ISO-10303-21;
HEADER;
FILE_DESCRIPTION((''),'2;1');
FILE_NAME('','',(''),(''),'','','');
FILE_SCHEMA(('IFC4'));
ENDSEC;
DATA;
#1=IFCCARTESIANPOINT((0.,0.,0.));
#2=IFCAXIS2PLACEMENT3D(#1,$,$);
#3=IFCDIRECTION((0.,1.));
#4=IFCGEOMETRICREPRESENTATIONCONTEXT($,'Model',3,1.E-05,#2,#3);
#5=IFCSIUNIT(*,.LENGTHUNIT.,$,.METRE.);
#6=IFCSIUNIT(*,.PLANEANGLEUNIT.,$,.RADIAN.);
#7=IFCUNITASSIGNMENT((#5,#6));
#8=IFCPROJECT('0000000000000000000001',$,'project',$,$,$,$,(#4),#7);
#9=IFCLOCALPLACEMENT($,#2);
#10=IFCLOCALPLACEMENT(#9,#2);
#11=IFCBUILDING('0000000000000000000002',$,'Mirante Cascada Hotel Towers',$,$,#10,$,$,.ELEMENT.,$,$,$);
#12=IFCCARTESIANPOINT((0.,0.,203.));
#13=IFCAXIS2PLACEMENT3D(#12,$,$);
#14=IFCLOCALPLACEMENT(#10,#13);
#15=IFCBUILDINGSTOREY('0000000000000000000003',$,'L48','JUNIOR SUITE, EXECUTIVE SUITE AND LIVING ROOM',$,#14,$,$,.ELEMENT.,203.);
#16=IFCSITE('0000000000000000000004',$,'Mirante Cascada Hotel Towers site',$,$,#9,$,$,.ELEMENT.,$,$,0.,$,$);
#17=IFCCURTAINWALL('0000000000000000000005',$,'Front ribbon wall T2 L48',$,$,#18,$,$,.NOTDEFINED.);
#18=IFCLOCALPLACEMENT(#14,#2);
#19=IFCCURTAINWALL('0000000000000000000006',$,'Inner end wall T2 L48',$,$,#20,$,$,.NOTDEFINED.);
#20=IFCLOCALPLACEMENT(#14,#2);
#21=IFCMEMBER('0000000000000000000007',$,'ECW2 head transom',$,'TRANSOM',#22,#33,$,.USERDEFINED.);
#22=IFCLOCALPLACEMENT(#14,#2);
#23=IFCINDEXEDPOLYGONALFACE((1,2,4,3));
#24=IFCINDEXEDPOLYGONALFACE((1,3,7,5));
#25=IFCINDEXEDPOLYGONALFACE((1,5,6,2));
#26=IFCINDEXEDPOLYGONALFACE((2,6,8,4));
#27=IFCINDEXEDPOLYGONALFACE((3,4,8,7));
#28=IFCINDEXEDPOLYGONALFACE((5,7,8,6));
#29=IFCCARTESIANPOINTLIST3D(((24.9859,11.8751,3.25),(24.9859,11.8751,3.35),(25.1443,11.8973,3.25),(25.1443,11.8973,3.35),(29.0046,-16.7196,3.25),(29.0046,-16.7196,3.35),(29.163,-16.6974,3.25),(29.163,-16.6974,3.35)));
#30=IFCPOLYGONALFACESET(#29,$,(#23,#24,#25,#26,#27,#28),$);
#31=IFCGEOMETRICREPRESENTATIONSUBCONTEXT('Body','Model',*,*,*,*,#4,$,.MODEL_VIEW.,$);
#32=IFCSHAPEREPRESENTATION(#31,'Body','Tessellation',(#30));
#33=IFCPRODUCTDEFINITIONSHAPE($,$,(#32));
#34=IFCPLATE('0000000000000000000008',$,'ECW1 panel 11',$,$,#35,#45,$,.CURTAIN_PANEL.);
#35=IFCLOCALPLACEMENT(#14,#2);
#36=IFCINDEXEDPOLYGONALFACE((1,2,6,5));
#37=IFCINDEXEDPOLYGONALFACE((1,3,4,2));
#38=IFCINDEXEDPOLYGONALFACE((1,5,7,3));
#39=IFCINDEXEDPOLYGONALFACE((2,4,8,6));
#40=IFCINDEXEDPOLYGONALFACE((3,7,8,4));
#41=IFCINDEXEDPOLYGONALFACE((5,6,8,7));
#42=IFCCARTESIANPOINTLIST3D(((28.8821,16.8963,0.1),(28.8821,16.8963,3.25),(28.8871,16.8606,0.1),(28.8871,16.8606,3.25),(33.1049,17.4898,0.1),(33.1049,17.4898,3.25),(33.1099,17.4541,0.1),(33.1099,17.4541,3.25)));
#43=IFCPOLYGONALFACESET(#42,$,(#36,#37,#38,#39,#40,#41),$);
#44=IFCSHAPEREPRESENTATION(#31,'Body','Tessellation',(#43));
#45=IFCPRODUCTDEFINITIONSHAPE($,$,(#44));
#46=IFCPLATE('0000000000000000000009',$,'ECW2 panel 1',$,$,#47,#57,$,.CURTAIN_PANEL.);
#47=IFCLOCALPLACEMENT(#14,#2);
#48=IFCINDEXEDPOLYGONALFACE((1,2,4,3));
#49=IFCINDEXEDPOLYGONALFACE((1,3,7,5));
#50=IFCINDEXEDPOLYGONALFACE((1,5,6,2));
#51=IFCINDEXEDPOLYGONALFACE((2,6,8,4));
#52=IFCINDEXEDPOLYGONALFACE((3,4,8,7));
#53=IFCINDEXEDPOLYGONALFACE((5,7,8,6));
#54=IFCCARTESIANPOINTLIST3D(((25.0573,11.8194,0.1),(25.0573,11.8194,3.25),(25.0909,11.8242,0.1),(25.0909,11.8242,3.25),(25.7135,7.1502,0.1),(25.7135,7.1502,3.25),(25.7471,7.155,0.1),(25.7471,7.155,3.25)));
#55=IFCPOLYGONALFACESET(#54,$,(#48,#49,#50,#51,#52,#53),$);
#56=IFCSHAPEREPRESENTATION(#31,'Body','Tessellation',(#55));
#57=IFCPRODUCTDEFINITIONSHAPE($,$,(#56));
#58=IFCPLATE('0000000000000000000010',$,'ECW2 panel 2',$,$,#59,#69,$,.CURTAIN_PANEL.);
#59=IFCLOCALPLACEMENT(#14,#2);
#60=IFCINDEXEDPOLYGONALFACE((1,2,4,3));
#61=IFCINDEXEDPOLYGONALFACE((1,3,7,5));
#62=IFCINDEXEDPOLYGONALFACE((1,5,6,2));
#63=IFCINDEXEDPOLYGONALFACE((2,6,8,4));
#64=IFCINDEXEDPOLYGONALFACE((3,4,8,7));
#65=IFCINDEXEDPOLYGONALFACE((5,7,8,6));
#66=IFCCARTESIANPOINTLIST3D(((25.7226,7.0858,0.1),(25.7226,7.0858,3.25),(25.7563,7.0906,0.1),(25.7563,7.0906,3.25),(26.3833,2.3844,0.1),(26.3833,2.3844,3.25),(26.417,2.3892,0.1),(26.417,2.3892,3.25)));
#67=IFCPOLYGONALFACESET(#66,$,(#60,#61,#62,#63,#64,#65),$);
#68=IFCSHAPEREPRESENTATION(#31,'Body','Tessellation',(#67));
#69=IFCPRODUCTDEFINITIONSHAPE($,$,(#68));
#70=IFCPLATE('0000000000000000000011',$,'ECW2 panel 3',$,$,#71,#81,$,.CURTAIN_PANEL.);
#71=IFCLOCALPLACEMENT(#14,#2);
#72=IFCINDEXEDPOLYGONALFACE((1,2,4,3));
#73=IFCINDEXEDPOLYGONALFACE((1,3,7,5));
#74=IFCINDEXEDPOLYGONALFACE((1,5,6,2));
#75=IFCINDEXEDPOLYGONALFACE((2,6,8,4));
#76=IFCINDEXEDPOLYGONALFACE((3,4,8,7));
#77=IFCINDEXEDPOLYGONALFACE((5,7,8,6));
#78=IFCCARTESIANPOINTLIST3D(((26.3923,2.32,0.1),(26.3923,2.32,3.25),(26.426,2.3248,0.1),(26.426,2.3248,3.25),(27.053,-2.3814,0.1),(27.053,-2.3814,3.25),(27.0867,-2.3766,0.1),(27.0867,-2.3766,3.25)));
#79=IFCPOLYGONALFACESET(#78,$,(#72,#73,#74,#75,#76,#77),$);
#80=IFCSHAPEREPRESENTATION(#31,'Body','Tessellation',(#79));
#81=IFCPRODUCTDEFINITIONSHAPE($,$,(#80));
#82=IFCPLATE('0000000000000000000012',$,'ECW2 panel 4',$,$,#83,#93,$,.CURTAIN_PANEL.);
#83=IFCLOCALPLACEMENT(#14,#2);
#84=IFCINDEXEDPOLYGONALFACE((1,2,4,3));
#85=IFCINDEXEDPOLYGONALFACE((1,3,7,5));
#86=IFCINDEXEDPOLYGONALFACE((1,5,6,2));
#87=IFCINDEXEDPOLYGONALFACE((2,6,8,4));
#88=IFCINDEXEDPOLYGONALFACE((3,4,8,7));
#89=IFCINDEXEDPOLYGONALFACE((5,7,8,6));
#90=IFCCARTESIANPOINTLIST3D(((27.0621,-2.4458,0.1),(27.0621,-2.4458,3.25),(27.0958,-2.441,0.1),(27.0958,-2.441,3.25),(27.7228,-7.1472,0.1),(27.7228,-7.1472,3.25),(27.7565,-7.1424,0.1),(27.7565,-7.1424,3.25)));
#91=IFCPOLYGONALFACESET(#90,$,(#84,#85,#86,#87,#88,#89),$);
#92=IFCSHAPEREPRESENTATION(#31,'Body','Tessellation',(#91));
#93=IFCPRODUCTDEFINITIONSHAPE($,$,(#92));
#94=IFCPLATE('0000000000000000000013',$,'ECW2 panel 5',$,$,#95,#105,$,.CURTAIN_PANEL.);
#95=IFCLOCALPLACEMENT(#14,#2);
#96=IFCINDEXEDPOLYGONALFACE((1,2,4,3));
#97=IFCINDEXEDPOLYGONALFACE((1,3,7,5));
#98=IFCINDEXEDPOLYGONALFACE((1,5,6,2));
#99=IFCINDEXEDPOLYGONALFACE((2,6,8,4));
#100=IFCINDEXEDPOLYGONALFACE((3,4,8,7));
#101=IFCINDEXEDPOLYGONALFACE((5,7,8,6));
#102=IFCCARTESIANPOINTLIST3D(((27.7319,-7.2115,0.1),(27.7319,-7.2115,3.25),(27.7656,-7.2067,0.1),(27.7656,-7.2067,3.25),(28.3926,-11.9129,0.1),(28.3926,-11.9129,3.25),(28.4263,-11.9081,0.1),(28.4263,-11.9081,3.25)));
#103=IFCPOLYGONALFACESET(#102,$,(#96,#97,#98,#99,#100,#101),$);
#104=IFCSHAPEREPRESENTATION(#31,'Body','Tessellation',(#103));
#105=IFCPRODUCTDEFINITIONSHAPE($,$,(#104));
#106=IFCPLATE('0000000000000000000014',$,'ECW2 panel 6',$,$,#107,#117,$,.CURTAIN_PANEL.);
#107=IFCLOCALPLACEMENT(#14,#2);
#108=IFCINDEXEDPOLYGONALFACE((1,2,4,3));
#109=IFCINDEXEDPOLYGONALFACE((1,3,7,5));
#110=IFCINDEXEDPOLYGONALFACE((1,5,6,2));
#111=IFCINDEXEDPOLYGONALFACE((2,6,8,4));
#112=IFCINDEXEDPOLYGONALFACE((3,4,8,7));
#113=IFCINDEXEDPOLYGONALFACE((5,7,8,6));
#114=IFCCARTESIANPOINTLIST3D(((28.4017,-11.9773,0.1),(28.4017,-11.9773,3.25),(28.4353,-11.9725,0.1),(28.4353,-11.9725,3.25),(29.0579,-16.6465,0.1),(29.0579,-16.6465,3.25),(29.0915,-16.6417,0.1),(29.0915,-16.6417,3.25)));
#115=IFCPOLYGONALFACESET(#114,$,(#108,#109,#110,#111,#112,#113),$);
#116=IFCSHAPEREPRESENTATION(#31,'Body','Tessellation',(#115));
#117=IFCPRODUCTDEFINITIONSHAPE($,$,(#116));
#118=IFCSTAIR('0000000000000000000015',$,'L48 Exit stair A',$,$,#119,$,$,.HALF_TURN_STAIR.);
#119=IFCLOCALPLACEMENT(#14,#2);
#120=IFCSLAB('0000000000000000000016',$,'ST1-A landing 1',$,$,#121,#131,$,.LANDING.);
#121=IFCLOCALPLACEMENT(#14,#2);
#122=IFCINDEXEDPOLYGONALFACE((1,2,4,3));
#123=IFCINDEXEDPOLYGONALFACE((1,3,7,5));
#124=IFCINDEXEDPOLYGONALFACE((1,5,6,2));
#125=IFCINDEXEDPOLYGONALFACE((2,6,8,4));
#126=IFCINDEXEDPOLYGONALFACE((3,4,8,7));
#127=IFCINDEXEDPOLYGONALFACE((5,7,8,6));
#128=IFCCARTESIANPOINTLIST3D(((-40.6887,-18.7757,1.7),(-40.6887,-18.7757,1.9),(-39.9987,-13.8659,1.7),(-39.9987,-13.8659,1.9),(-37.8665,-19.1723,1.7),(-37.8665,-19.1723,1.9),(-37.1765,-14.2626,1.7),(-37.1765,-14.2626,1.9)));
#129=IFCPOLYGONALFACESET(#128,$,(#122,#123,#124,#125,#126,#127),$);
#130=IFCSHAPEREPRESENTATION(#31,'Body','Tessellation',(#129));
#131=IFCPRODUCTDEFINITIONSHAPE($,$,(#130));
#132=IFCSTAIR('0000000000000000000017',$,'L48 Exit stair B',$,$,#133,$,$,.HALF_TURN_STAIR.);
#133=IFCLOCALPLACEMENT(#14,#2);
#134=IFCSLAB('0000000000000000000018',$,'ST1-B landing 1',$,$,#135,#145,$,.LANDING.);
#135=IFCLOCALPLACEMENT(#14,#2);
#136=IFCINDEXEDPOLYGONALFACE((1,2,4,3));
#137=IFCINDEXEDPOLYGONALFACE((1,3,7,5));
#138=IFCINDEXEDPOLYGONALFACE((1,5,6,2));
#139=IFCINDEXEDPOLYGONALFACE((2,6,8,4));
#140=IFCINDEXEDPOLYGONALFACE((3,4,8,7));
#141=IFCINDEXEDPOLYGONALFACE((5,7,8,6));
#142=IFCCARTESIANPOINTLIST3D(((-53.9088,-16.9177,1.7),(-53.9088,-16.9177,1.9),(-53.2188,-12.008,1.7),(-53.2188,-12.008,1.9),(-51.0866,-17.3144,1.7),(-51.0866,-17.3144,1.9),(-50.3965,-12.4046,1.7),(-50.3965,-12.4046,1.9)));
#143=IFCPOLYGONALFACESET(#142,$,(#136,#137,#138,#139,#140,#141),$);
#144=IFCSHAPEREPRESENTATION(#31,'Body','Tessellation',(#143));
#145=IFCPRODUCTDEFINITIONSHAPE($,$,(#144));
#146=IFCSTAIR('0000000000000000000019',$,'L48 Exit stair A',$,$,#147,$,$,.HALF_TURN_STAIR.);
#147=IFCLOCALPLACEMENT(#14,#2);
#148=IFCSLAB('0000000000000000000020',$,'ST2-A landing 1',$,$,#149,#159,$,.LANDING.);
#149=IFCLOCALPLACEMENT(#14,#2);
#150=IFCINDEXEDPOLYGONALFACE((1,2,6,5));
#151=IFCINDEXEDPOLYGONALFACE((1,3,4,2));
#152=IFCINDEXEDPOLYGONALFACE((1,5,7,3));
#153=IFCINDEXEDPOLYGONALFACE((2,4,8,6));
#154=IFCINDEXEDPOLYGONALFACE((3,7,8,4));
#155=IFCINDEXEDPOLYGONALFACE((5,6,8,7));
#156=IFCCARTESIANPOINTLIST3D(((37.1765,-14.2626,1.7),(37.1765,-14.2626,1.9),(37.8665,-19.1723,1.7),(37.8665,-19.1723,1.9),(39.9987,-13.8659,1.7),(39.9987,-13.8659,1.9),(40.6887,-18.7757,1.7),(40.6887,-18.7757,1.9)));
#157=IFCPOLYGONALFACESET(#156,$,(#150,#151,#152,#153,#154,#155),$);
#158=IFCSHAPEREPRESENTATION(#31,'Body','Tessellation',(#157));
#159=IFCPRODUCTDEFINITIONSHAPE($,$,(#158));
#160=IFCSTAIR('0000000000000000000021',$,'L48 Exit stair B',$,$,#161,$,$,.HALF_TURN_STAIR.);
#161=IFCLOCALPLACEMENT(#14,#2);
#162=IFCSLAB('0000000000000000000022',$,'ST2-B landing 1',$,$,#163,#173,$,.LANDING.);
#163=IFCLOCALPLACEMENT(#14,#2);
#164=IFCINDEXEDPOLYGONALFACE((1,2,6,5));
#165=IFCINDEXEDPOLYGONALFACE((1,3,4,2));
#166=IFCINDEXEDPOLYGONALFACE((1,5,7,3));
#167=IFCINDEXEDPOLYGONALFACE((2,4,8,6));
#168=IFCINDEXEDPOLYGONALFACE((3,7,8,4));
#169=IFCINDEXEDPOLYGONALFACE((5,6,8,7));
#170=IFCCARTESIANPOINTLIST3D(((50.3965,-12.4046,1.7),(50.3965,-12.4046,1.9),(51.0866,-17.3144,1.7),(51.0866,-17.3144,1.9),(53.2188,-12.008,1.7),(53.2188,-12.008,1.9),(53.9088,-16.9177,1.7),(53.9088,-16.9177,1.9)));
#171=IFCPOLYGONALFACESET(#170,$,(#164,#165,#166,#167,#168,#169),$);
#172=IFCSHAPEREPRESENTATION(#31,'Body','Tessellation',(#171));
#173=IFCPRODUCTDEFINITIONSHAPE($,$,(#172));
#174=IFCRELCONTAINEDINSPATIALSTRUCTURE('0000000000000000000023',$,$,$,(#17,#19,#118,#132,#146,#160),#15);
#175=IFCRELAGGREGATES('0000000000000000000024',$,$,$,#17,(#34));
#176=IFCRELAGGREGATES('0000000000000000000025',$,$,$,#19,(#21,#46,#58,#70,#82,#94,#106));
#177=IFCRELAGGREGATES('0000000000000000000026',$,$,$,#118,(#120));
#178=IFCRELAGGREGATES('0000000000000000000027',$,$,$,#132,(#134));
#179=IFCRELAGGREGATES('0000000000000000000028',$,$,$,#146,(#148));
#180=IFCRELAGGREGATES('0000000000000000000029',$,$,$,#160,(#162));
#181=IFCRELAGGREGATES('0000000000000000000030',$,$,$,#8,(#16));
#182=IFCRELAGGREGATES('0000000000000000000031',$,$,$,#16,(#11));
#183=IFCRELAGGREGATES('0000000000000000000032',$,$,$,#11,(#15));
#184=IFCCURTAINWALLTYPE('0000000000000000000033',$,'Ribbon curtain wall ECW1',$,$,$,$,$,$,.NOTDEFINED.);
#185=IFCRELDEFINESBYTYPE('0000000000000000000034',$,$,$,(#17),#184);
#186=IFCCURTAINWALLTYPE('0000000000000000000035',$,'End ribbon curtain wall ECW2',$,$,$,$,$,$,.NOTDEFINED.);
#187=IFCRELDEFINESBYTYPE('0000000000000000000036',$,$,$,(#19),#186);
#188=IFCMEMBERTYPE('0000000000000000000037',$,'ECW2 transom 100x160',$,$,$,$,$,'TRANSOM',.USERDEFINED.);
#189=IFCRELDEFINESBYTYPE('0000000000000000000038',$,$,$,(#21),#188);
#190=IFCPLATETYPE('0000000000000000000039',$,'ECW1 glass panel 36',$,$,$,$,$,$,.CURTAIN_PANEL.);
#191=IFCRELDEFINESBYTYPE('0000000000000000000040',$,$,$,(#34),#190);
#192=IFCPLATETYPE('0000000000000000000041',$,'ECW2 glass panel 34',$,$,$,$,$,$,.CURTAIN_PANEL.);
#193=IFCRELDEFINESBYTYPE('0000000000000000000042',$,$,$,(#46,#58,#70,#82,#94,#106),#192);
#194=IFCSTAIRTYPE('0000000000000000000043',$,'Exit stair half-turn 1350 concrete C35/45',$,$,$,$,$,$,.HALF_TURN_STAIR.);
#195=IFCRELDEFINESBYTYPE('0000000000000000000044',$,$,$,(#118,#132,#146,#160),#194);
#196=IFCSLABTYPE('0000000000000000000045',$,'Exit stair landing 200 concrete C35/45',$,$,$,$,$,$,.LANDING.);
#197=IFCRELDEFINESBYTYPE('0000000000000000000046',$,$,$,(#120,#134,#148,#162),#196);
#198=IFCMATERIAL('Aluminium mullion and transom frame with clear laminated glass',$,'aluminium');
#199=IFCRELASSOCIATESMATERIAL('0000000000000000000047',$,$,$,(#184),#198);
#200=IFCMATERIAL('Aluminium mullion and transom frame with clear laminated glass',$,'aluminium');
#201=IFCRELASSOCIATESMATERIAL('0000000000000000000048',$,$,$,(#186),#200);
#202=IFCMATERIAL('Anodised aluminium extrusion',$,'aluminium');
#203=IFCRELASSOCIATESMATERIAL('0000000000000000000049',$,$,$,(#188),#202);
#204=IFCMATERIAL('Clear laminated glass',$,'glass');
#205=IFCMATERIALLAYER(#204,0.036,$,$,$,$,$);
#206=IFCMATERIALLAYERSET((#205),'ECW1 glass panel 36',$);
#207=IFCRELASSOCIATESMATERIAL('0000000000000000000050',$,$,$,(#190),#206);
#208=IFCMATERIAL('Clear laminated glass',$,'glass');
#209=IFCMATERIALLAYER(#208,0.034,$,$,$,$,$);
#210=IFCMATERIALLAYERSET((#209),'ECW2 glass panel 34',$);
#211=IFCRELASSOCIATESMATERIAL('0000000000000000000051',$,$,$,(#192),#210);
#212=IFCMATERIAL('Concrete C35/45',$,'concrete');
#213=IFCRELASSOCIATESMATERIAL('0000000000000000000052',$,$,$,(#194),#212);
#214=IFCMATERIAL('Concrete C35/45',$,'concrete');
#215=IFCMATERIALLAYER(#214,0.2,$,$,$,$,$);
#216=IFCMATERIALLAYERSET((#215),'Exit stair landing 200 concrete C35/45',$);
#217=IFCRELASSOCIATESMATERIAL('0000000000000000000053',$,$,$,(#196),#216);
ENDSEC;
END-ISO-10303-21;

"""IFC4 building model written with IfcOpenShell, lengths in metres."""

from ifc_helpers import new_model, si_unit, direction, frame, origin, origin_2d, place, context, subcontext, project, spatial, polyline, rectangle, outline, extrude, material, layer, layer_set, material_profile, profile_set, type_object, element, aggregate, save


model = new_model("IFC4")

# Units and contexts
model_context = context("Model", 3, precision=1e-05, world=origin(), true_north=direction((0.0, 1.0)))
body_context = subcontext(model_context, "Body", "Model", "MODEL_VIEW")
ifc_project = project(units=[si_unit("LENGTHUNIT", "METRE"), si_unit("PLANEANGLEUNIT", "RADIAN")], contexts=[model_context])

# Site, building, storey
site_placement = place(None, origin())
site = spatial("IfcSite", under=ifc_project, at=site_placement, Name="Mirante Cascada Hotel Towers site", CompositionType="ELEMENT", RefElevation=0.0)
building_placement = place(site_placement, origin())
building = spatial("IfcBuilding", under=site, at=building_placement, Name="Mirante Cascada Hotel Towers", CompositionType="ELEMENT")
storey_placement = place(building_placement, frame((0.0, 0.0, 203.0)))
storey = spatial("IfcBuildingStorey", under=building, at=storey_placement, Name="L48", Description="JUNIOR SUITE, EXECUTIVE SUITE AND LIVING ROOM", CompositionType="ELEMENT", Elevation=203.0)

# Curtain walls, member
ifc_material_1 = material(Name="Aluminium mullion and transom frame with clear laminated glass", Category="aluminium")
curtain_wall_type_1 = type_object("IfcCurtainWallType", Name="Ribbon curtain wall ECW1", PredefinedType="NOTDEFINED", material=ifc_material_1)
curtain_wall_1_placement = place(storey_placement, origin())
curtain_wall_1 = element("IfcCurtainWall", 1, at=curtain_wall_1_placement, inside=storey, type_object=curtain_wall_type_1, Name="Front ribbon wall T2 L48", PredefinedType="NOTDEFINED")
ifc_material_2 = material(Name="Aluminium mullion and transom frame with clear laminated glass", Category="aluminium")
curtain_wall_type_2 = type_object("IfcCurtainWallType", Name="End ribbon curtain wall ECW2", PredefinedType="NOTDEFINED", material=ifc_material_2)
curtain_wall_2_placement = place(storey_placement, origin())
curtain_wall_2 = element("IfcCurtainWall", 2, at=curtain_wall_2_placement, inside=storey, type_object=curtain_wall_type_2, Name="Inner end wall T2 L48", PredefinedType="NOTDEFINED")
ifc_material_3 = material(Name="Anodised aluminium extrusion", Category="aluminium")
ifc_material_profile_1 = material_profile(ifc_material_3, rectangle(XDim=0.16, YDim=0.1, at=origin_2d()), Name="ECW2 TRANSOM 100x160")
ifc_profile_set_1 = profile_set([ifc_material_profile_1], Name="Anodised aluminium extrusion")
member_type_1 = type_object("IfcMemberType", Name="ECW2 transom 100x160", ElementType="TRANSOM", PredefinedType="USERDEFINED", material=ifc_profile_set_1)
member_1_placement = place(storey_placement, frame((25.0651, 11.8862, 3.3), z_axis=(0.139172, -0.990268, 0.0), x_axis=(0.990268, 0.139172, 0.0)))
member_1 = element("IfcMember", 3, at=member_1_placement, type_object=member_type_1, Name="ECW2 head transom", ObjectType="TRANSOM", PredefinedType="USERDEFINED", context=body_context, shape_type="SweptSolid", body=[
    extrude(rectangle(XDim=0.16, YDim=0.1, at=origin_2d()), origin(), (0.0, 0.0, 1.0), 28.8757),
])

# Plates
ifc_material_4 = material(Name="Clear laminated glass", Category="glass")
ifc_layer_1 = layer(ifc_material_4, 0.036)
ifc_layer_set_1 = layer_set([ifc_layer_1], Name="ECW1 glass panel 36")
plate_type_1 = type_object("IfcPlateType", Name="ECW1 glass panel 36", PredefinedType="CURTAIN_PANEL", material=ifc_layer_set_1)
plate_1_placement = place(storey_placement, frame((30.996, 17.1752, 0.1), z_axis=(0.0, 0.0, 1.0), x_axis=(-0.990268, -0.139173, 0.0)))
plate_1 = element("IfcPlate", 4, at=plate_1_placement, type_object=plate_type_1, Name="ECW1 panel 11", PredefinedType="CURTAIN_PANEL", context=body_context, shape_type="SweptSolid", body=[
    extrude(rectangle(XDim=4.2643, YDim=0.036, at=origin_2d()), origin(), (0.0, 0.0, 1.0), 3.15),
])
aggregate(curtain_wall_1, [plate_1])
ifc_material_5 = material(Name="Clear laminated glass", Category="glass")
ifc_layer_2 = layer(ifc_material_5, 0.034)
ifc_layer_set_2 = layer_set([ifc_layer_2], Name="ECW2 glass panel 34")
plate_type_2 = type_object("IfcPlateType", Name="ECW2 glass panel 34", PredefinedType="CURTAIN_PANEL", material=ifc_layer_set_2)
plate_2_placement = place(storey_placement, frame((25.4022, 9.4872, 0.1), z_axis=(0.0, 0.0, 1.0), x_axis=(0.139173, -0.990268, 0.0)))
plate_2 = element("IfcPlate", 5, at=plate_2_placement, type_object=plate_type_2, Name="ECW2 panel 1", PredefinedType="CURTAIN_PANEL", context=body_context, shape_type="SweptSolid", body=[
    extrude(rectangle(XDim=4.7151, YDim=0.034, at=origin_2d()), origin(), (0.0, 0.0, 1.0), 3.15),
])
plate_3_placement = place(storey_placement, frame((26.0698, 4.7375, 0.1), z_axis=(0.0, 0.0, 1.0), x_axis=(0.139173, -0.990268, 0.0)))
plate_3 = element("IfcPlate", 6, at=plate_3_placement, type_object=plate_type_2, Name="ECW2 panel 2", PredefinedType="CURTAIN_PANEL", context=body_context, shape_type="SweptSolid", body=[
    extrude(rectangle(XDim=4.7476, YDim=0.034, at=origin_2d()), origin(), (0.0, 0.0, 1.0), 3.15),
])
plate_4_placement = place(storey_placement, frame((26.7395, -0.0283, 0.1), z_axis=(0.0, 0.0, 1.0), x_axis=(0.139173, -0.990268, 0.0)))
plate_4 = element("IfcPlate", 7, at=plate_4_placement, type_object=plate_type_2, Name="ECW2 panel 3", PredefinedType="CURTAIN_PANEL", context=body_context, shape_type="SweptSolid", body=[
    extrude(rectangle(XDim=4.7476, YDim=0.034, at=origin_2d()), origin(), (0.0, 0.0, 1.0), 3.15),
])
plate_5_placement = place(storey_placement, frame((27.4093, -4.7941, 0.1), z_axis=(0.0, 0.0, 1.0), x_axis=(0.139173, -0.990268, 0.0)))
plate_5 = element("IfcPlate", 8, at=plate_5_placement, type_object=plate_type_2, Name="ECW2 panel 4", PredefinedType="CURTAIN_PANEL", context=body_context, shape_type="SweptSolid", body=[
    extrude(rectangle(XDim=4.7476, YDim=0.034, at=origin_2d()), origin(), (0.0, 0.0, 1.0), 3.15),
])
plate_6_placement = place(storey_placement, frame((28.0791, -9.5598, 0.1), z_axis=(0.0, 0.0, 1.0), x_axis=(0.139173, -0.990268, 0.0)))
plate_6 = element("IfcPlate", 9, at=plate_6_placement, type_object=plate_type_2, Name="ECW2 panel 5", PredefinedType="CURTAIN_PANEL", context=body_context, shape_type="SweptSolid", body=[
    extrude(rectangle(XDim=4.7476, YDim=0.034, at=origin_2d()), origin(), (0.0, 0.0, 1.0), 3.15),
])
plate_7_placement = place(storey_placement, frame((28.7466, -14.3095, 0.1), z_axis=(0.0, 0.0, 1.0), x_axis=(0.139173, -0.990268, 0.0)))
plate_7 = element("IfcPlate", 10, at=plate_7_placement, type_object=plate_type_2, Name="ECW2 panel 6", PredefinedType="CURTAIN_PANEL", context=body_context, shape_type="SweptSolid", body=[
    extrude(rectangle(XDim=4.7151, YDim=0.034, at=origin_2d()), origin(), (0.0, 0.0, 1.0), 3.15),
])
aggregate(curtain_wall_2, [member_1, plate_2, plate_3, plate_4, plate_5, plate_6, plate_7])

# Stairs, slabs
ifc_material_6 = material(Name="Concrete C35/45", Category="concrete")
stair_type = type_object("IfcStairType", Name="Exit stair half-turn 1350 concrete C35/45", PredefinedType="HALF_TURN_STAIR", material=ifc_material_6)
stair_1_placement = place(storey_placement, origin())
stair_1 = element("IfcStair", 11, at=stair_1_placement, inside=storey, type_object=stair_type, Name="L48 Exit stair A", PredefinedType="HALF_TURN_STAIR")
ifc_material_7 = material(Name="Concrete C35/45", Category="concrete")
ifc_layer_3 = layer(ifc_material_7, 0.2)
ifc_layer_set_3 = layer_set([ifc_layer_3], Name="Exit stair landing 200 concrete C35/45")
slab_type = type_object("IfcSlabType", Name="Exit stair landing 200 concrete C35/45", PredefinedType="LANDING", material=ifc_layer_set_3)
slab_1_placement = place(storey_placement, frame((0.0, 0.0, 1.7)))
slab_1 = element("IfcSlab", 12, at=slab_1_placement, type_object=slab_type, Name="ST1-A landing 1", PredefinedType="LANDING", context=body_context, shape_type="SweptSolid", body=[
    extrude(outline(polyline([(-39.9987, -13.8659), (-40.6887, -18.7757), (-37.8665, -19.1723), (-37.1765, -14.2626), (-39.9987, -13.8659)])), origin(), (0.0, 0.0, 1.0), 0.2),
])
aggregate(stair_1, [slab_1])
stair_2_placement = place(storey_placement, origin())
stair_2 = element("IfcStair", 13, at=stair_2_placement, inside=storey, type_object=stair_type, Name="L48 Exit stair B", PredefinedType="HALF_TURN_STAIR")
slab_2_placement = place(storey_placement, frame((0.0, 0.0, 1.7)))
slab_2 = element("IfcSlab", 14, at=slab_2_placement, type_object=slab_type, Name="ST1-B landing 1", PredefinedType="LANDING", context=body_context, shape_type="SweptSolid", body=[
    extrude(outline(polyline([(-53.2188, -12.008), (-53.9088, -16.9177), (-51.0866, -17.3144), (-50.3965, -12.4046), (-53.2188, -12.008)])), origin(), (0.0, 0.0, 1.0), 0.2),
])
aggregate(stair_2, [slab_2])
stair_3_placement = place(storey_placement, origin())
stair_3 = element("IfcStair", 15, at=stair_3_placement, inside=storey, type_object=stair_type, Name="L48 Exit stair A", PredefinedType="HALF_TURN_STAIR")
slab_3_placement = place(storey_placement, frame((0.0, 0.0, 1.7)))
slab_3 = element("IfcSlab", 16, at=slab_3_placement, type_object=slab_type, Name="ST2-A landing 1", PredefinedType="LANDING", context=body_context, shape_type="SweptSolid", body=[
    extrude(outline(polyline([(37.1765, -14.2626), (37.8665, -19.1723), (40.6887, -18.7757), (39.9987, -13.8659), (37.1765, -14.2626)])), origin(), (0.0, 0.0, 1.0), 0.2),
])
aggregate(stair_3, [slab_3])
stair_4_placement = place(storey_placement, origin())
stair_4 = element("IfcStair", 17, at=stair_4_placement, inside=storey, type_object=stair_type, Name="L48 Exit stair B", PredefinedType="HALF_TURN_STAIR")
slab_4_placement = place(storey_placement, frame((0.0, 0.0, 1.7)))
slab_4 = element("IfcSlab", 18, at=slab_4_placement, type_object=slab_type, Name="ST2-B landing 1", PredefinedType="LANDING", context=body_context, shape_type="SweptSolid", body=[
    extrude(outline(polyline([(50.3965, -12.4046), (51.0866, -17.3144), (53.9088, -16.9177), (53.2188, -12.008), (50.3965, -12.4046)])), origin(), (0.0, 0.0, 1.0), 0.2),
])
aggregate(stair_4, [slab_4])

save(model, "model.ifc")
